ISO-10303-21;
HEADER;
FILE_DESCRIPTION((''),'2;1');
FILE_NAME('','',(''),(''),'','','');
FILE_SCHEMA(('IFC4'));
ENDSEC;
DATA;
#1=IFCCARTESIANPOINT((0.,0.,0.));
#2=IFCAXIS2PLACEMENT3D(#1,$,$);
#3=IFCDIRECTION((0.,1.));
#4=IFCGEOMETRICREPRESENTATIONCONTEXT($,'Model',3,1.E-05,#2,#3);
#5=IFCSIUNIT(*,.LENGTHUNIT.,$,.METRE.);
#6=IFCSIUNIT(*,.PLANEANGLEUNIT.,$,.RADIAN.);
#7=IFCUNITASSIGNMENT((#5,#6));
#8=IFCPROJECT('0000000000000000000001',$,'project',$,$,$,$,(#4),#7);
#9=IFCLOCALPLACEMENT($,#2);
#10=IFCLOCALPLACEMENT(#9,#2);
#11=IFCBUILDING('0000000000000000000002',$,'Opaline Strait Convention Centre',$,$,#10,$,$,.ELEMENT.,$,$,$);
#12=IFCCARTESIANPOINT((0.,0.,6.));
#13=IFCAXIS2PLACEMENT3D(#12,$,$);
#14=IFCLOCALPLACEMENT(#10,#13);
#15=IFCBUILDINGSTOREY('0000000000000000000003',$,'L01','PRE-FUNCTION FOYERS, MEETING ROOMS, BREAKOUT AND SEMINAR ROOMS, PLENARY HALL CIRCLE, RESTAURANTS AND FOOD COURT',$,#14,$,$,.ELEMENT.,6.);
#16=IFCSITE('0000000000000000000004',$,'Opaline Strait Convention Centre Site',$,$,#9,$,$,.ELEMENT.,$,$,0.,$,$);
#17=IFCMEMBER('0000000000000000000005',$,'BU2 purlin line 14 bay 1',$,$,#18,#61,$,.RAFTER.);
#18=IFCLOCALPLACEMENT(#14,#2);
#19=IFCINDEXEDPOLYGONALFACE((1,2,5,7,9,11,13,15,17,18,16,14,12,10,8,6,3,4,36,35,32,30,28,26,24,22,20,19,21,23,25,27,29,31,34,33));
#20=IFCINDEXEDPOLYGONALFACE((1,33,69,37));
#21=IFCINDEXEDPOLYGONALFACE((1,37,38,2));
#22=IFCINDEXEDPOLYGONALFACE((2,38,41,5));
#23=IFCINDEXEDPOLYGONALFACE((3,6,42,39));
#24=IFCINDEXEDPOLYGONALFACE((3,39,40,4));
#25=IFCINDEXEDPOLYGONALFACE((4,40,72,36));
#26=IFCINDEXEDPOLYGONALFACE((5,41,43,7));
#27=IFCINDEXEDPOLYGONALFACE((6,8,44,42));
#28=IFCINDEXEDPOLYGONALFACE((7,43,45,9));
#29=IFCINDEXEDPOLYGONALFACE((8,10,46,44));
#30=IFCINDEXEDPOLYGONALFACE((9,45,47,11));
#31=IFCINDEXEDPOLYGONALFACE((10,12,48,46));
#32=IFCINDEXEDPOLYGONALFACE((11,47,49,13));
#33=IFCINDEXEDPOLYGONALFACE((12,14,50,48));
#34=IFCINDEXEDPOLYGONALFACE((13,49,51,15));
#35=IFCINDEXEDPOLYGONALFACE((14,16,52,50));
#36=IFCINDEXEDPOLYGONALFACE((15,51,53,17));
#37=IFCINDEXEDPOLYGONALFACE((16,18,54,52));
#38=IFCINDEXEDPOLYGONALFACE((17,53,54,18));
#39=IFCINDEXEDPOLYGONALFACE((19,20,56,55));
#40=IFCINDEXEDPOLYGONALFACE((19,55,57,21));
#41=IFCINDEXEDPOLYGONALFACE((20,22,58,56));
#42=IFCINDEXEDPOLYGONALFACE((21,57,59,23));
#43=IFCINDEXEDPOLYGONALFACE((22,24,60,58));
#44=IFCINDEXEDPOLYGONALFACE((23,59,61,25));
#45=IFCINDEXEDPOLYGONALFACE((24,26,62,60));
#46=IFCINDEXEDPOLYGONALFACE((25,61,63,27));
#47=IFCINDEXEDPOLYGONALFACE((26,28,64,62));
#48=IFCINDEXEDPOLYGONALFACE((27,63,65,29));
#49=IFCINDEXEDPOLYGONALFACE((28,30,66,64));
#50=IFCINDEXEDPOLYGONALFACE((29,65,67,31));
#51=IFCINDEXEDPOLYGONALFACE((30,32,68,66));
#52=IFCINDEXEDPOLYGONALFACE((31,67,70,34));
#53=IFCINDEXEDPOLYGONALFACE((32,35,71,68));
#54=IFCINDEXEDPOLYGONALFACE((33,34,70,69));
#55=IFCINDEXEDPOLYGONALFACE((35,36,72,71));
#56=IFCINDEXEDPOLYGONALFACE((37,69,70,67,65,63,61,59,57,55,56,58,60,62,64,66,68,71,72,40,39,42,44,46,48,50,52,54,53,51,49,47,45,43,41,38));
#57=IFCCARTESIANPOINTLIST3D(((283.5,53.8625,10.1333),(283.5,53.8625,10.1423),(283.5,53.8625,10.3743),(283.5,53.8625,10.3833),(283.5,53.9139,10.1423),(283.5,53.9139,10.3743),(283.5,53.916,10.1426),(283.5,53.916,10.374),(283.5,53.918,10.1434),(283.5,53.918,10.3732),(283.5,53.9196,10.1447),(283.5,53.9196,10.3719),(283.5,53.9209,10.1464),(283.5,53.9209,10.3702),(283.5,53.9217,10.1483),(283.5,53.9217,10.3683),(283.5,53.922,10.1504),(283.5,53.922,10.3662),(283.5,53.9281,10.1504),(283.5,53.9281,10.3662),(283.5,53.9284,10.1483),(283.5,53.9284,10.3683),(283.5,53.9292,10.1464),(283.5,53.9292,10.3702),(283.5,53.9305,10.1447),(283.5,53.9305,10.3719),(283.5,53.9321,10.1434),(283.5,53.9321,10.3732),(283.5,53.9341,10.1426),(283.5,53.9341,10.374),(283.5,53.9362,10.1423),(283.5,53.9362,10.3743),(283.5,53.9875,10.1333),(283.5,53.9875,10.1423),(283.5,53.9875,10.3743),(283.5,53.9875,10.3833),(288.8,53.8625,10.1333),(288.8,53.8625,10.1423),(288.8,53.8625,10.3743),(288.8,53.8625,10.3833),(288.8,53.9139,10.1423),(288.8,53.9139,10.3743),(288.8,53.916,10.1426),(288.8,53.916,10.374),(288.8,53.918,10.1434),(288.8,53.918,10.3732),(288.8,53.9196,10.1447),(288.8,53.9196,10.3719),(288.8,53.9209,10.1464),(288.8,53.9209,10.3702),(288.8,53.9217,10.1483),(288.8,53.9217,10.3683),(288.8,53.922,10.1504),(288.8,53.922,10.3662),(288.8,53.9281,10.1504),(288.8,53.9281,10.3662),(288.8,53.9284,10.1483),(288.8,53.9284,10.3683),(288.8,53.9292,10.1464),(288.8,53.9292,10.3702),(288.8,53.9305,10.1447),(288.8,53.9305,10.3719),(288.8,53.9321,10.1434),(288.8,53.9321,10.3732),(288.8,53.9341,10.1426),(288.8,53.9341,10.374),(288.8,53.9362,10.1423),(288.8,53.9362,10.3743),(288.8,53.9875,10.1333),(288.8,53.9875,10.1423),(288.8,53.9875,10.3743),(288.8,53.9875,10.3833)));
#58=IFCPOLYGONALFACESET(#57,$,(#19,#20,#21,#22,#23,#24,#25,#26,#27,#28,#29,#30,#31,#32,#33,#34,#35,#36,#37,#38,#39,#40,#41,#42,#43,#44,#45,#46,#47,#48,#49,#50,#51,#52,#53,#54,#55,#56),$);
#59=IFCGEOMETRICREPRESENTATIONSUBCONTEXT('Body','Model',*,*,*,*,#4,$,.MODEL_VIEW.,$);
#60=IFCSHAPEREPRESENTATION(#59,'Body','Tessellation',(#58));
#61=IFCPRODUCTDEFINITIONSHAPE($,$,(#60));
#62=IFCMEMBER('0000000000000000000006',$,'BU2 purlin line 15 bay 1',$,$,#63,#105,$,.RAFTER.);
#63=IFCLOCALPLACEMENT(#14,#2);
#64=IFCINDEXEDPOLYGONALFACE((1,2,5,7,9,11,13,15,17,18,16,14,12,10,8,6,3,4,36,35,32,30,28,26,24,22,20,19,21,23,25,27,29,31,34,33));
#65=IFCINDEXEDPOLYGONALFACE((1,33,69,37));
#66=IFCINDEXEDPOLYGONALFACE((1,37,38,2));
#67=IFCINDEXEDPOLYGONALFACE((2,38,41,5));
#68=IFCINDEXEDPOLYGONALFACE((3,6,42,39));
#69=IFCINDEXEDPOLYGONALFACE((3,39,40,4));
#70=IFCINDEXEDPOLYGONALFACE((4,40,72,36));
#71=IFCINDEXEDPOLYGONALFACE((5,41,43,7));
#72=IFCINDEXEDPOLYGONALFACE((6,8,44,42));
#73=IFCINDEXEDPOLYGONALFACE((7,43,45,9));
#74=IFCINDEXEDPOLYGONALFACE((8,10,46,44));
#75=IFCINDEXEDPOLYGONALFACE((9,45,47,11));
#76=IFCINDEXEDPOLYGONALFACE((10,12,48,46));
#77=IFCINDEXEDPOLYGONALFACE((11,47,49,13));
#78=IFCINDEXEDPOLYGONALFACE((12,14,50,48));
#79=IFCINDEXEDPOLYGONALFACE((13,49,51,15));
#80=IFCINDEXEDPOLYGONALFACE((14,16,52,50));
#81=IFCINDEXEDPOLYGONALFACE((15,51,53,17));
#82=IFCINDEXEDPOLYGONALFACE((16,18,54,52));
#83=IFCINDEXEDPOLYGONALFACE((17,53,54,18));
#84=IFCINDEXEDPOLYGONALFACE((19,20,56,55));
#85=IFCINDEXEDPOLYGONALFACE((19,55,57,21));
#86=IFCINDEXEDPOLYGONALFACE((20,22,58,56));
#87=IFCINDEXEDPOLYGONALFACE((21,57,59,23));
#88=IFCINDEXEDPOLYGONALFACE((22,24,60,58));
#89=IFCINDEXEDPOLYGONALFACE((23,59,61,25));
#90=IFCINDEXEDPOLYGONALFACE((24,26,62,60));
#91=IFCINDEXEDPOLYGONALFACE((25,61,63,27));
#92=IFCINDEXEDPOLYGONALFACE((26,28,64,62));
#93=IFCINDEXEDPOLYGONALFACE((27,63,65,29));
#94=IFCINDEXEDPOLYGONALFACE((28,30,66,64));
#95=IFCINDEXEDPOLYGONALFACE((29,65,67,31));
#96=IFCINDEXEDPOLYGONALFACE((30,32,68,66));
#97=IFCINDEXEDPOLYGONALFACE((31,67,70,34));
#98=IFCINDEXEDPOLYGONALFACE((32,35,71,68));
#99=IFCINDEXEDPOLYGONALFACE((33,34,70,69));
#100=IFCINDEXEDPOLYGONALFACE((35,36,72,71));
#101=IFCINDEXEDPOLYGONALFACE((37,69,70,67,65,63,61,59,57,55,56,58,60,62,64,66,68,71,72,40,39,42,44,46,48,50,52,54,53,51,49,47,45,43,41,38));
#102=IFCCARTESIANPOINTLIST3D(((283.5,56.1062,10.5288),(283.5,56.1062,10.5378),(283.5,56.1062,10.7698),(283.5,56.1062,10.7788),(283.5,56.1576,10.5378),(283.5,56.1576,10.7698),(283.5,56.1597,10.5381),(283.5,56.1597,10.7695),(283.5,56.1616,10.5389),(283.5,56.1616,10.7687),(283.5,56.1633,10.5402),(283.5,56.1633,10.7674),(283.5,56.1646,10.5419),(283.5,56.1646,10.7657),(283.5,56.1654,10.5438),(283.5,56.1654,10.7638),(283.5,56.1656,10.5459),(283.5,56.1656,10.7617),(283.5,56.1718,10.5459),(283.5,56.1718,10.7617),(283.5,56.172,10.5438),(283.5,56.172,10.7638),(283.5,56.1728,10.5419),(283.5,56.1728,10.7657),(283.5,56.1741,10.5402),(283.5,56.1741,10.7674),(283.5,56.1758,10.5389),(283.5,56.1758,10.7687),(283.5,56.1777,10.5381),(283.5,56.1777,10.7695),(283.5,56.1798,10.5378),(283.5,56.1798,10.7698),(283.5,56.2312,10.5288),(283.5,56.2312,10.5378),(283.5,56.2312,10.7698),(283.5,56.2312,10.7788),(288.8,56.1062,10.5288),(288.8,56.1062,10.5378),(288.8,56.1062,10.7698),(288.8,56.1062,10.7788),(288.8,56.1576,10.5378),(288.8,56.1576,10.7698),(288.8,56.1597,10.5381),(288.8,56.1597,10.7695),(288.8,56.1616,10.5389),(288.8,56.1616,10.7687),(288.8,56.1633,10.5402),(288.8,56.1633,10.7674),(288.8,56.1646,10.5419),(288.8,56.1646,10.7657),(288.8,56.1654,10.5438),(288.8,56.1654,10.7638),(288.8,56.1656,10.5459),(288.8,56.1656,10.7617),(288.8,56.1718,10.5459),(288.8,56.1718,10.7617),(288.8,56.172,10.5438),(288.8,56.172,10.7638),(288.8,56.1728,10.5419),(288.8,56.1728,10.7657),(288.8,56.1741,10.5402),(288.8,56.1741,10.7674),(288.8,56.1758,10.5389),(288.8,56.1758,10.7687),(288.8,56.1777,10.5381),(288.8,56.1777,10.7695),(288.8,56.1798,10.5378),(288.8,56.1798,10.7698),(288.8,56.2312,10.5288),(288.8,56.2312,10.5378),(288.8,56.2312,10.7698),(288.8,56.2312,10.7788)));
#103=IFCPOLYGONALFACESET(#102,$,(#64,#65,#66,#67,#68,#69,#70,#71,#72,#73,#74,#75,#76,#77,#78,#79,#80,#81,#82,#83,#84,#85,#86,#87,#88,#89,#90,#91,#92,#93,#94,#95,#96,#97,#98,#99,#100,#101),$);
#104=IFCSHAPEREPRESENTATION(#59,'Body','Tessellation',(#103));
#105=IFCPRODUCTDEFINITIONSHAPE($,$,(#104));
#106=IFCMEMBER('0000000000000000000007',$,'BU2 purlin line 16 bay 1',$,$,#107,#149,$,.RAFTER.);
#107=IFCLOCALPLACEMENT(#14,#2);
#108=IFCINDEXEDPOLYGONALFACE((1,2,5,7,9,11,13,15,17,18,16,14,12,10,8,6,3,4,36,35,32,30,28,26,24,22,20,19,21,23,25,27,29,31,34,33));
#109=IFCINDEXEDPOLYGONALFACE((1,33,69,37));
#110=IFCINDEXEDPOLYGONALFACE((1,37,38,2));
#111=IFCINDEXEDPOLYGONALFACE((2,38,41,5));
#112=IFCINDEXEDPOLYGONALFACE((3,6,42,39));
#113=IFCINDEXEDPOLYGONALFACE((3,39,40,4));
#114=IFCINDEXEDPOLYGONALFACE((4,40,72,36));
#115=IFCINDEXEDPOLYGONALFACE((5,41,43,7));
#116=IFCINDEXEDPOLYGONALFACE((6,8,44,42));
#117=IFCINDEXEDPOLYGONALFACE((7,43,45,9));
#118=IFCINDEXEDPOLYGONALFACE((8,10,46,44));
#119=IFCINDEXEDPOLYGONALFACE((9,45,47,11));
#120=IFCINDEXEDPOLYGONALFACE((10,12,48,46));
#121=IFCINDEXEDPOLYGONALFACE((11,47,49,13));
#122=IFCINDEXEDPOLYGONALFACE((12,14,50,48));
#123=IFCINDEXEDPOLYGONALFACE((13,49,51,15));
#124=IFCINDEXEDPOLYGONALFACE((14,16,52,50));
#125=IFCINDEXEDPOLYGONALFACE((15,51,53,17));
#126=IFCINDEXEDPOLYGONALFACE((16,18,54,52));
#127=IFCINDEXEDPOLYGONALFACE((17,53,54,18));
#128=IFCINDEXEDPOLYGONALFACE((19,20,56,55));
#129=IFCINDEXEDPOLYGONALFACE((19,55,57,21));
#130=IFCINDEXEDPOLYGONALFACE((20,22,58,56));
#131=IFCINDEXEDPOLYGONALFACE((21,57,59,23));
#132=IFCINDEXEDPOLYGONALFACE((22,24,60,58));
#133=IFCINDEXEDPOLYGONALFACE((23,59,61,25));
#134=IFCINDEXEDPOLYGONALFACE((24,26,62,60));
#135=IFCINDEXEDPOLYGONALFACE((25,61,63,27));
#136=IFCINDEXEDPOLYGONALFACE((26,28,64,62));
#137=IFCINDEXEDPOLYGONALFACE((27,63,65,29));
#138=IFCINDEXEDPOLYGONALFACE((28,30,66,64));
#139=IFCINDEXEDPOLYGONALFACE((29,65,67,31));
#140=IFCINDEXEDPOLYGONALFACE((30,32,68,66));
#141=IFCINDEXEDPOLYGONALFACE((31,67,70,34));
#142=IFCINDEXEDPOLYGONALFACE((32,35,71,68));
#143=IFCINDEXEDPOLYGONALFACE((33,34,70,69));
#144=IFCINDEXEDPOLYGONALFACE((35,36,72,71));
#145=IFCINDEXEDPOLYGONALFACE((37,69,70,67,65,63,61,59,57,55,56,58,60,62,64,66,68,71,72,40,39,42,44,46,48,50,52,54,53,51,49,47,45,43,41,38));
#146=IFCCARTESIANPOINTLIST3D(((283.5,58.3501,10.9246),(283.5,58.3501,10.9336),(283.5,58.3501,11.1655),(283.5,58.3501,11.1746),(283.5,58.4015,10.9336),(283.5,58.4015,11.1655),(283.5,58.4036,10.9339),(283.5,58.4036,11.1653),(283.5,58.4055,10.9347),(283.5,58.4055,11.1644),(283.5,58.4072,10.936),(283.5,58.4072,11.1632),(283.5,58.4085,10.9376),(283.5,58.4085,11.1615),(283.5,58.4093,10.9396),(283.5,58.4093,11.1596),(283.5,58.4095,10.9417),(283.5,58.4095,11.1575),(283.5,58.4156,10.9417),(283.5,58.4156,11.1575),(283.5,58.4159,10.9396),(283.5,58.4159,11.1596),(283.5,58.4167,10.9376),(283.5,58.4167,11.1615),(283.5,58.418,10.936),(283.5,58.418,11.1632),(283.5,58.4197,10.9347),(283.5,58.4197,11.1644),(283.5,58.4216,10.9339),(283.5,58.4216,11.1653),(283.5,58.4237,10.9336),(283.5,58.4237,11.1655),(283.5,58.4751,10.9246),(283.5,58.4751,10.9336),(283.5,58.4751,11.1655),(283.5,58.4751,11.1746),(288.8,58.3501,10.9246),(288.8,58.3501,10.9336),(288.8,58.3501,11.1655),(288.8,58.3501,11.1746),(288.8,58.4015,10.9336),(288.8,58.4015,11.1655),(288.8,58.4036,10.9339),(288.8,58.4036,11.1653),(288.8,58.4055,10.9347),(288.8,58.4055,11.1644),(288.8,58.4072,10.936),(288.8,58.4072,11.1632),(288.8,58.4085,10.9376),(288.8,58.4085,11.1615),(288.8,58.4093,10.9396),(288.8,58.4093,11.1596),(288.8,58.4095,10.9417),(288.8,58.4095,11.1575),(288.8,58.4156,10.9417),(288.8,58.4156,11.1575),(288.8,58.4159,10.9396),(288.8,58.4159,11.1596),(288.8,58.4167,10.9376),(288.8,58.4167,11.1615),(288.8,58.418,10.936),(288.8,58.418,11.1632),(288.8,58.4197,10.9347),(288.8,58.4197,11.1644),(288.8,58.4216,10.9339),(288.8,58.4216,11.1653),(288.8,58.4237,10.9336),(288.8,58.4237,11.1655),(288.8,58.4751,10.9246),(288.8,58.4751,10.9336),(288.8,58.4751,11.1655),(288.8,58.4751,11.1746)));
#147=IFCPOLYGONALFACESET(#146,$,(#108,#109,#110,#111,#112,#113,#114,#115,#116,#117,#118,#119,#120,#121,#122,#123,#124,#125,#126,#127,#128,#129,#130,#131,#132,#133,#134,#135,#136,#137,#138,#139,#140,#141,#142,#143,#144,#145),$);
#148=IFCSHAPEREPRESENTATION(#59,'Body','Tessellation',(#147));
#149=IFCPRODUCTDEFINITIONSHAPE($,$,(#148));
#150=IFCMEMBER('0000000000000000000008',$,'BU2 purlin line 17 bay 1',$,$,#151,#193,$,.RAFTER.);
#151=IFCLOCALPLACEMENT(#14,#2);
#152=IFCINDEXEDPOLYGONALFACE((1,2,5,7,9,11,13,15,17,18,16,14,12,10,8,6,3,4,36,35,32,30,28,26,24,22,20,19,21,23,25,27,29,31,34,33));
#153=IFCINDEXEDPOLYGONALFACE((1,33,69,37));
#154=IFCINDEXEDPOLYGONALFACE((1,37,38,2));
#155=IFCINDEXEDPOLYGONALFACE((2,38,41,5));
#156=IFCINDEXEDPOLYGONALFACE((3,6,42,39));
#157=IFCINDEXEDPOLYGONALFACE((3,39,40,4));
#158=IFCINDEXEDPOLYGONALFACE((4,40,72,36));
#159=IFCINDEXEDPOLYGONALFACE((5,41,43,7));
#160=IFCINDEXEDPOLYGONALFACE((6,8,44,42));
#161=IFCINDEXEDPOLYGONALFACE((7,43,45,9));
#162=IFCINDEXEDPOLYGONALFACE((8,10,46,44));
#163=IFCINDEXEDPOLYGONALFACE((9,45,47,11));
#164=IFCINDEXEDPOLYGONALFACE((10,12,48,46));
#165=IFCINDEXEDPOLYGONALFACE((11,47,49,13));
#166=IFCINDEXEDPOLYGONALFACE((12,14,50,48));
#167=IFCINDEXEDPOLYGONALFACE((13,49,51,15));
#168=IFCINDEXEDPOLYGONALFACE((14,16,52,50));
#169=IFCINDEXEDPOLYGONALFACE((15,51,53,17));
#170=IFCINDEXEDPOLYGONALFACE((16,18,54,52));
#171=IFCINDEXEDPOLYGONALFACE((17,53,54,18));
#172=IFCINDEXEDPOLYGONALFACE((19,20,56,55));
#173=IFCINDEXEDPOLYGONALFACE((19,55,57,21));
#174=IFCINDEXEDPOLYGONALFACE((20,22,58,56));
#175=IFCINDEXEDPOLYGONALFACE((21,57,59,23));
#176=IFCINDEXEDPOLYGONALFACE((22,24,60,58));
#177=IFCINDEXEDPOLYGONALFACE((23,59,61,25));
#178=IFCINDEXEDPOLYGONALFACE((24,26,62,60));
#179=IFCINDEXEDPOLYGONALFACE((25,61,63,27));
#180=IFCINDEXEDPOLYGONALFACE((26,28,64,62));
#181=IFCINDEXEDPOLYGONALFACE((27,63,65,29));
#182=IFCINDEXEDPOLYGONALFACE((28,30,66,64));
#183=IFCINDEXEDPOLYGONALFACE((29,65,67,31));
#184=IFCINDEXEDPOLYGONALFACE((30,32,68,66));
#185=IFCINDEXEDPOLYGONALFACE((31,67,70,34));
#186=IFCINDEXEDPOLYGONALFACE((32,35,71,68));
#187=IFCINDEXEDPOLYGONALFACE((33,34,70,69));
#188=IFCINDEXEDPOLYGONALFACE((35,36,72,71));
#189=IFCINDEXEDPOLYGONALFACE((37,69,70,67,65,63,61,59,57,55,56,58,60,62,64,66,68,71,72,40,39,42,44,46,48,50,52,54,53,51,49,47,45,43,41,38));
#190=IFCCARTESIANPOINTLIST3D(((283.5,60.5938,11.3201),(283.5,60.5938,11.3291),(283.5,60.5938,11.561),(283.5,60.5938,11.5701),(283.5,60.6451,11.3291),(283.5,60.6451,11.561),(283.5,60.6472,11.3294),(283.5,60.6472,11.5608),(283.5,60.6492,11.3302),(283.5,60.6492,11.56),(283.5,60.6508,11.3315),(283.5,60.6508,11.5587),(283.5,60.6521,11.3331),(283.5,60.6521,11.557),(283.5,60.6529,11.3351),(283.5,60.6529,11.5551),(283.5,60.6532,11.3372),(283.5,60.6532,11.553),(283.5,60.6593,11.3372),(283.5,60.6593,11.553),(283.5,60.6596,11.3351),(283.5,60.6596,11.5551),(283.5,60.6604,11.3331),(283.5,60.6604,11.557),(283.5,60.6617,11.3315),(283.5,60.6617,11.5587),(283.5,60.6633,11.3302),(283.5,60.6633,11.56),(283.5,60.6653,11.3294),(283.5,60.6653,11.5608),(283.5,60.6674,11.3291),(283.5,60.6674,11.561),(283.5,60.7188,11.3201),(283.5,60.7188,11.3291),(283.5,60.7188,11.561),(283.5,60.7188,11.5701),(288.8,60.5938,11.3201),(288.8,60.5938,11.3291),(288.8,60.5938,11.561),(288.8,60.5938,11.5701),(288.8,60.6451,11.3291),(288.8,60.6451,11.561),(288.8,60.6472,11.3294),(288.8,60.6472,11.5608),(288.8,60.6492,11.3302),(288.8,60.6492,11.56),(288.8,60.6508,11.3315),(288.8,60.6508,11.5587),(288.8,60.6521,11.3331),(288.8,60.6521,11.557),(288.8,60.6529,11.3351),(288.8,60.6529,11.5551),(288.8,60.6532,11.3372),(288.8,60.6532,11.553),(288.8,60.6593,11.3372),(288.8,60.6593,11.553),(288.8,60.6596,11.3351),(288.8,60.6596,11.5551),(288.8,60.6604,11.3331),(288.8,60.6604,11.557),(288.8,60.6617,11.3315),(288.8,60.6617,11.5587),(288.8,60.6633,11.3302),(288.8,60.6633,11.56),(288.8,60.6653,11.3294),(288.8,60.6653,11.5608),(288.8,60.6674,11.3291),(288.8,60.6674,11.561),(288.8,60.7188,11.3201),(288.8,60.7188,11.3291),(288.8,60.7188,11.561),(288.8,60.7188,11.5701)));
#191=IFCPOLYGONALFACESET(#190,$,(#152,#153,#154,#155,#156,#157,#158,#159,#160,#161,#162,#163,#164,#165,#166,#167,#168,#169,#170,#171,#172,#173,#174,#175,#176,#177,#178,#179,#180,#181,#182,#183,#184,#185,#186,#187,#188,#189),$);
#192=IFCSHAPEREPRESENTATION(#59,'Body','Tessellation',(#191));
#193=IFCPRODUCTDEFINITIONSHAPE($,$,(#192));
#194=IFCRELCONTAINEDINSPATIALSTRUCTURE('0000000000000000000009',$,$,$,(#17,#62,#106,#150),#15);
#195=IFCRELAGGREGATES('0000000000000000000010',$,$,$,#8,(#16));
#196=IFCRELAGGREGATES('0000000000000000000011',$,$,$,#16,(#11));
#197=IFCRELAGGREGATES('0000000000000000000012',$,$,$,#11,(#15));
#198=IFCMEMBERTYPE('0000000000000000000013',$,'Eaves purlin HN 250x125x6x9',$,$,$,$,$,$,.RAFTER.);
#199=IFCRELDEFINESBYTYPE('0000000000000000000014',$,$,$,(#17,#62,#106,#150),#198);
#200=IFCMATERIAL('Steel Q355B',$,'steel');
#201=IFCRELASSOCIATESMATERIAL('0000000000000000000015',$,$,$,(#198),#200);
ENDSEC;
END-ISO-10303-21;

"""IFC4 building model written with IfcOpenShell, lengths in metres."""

from ifc_helpers import new_model, si_unit, direction, frame, origin, origin_2d, place, context, subcontext, project, spatial, i_section, extrude, material, material_profile, profile_set, type_object, element, save


model = new_model("IFC4")

# Units and contexts
model_context = context("Model", 3, precision=1e-05, world=origin(), true_north=direction((0.0, 1.0)))
body_context = subcontext(model_context, "Body", "Model", "MODEL_VIEW")
ifc_project = project(units=[si_unit("LENGTHUNIT", "METRE"), si_unit("PLANEANGLEUNIT", "RADIAN")], contexts=[model_context])

# Site, building, storey
site_placement = place(None, origin())
site = spatial("IfcSite", under=ifc_project, at=site_placement, Name="Opaline Strait Convention Centre Site", CompositionType="ELEMENT", RefElevation=0.0)
building_placement = place(site_placement, origin())
building = spatial("IfcBuilding", under=site, at=building_placement, Name="Opaline Strait Convention Centre", CompositionType="ELEMENT")
storey_placement = place(building_placement, frame((0.0, 0.0, 6.0)))
storey = spatial("IfcBuildingStorey", under=building, at=storey_placement, Name="L01", Description="PRE-FUNCTION FOYERS, MEETING ROOMS, BREAKOUT AND SEMINAR ROOMS, PLENARY HALL CIRCLE, RESTAURANTS AND FOOD COURT", CompositionType="ELEMENT", Elevation=6.0)

# Members
ifc_material_1 = material(Name="Steel Q355B", Category="steel")
ifc_material_profile_1 = material_profile(ifc_material_1, i_section(OverallWidth=0.125, OverallDepth=0.25, WebThickness=0.0061, FlangeThickness=0.009, FilletRadius=0.0081, at=origin_2d()), Name="HN 250x125x6x9")
ifc_profile_set_1 = profile_set([ifc_material_profile_1], Name="Steel Q355B")
member_type_1 = type_object("IfcMemberType", Name="Eaves purlin HN 250x125x6x9", PredefinedType="RAFTER", material=ifc_profile_set_1)
for number, where, z_axis, x_axis, name in (
    (1, (283.5, 53.925, 10.2583), (1.0, 0.0, 0.0), (0.0, 1.0, 0.0), "BU2 purlin line 14 bay 1"),
    (2, (283.5, 56.1687, 10.6538), (1.0, 0.0, 0.0), (0.0, 1.0, 0.0), "BU2 purlin line 15 bay 1"),
    (3, (283.5, 58.4126, 11.0496), (1.0, 0.0, 0.0), (0.0, 1.0, 0.0), "BU2 purlin line 16 bay 1"),
    (4, (283.5, 60.6562, 11.4451), (1.0, 0.0, 0.0), (0.0, 1.0, 0.0), "BU2 purlin line 17 bay 1"),
):
    element("IfcMember", number, at=place(storey_placement, frame(where, z_axis=z_axis, x_axis=x_axis)), inside=storey, type_object=member_type_1, Name=name, PredefinedType="RAFTER", context=body_context, shape_type="SweptSolid", body=[
        extrude(i_section(OverallWidth=0.125, OverallDepth=0.25, WebThickness=0.0061, FlangeThickness=0.009, FilletRadius=0.0081, at=origin_2d()), origin(), (0.0, 0.0, 1.0), 5.3),
    ])

save(model, "model.ifc")
